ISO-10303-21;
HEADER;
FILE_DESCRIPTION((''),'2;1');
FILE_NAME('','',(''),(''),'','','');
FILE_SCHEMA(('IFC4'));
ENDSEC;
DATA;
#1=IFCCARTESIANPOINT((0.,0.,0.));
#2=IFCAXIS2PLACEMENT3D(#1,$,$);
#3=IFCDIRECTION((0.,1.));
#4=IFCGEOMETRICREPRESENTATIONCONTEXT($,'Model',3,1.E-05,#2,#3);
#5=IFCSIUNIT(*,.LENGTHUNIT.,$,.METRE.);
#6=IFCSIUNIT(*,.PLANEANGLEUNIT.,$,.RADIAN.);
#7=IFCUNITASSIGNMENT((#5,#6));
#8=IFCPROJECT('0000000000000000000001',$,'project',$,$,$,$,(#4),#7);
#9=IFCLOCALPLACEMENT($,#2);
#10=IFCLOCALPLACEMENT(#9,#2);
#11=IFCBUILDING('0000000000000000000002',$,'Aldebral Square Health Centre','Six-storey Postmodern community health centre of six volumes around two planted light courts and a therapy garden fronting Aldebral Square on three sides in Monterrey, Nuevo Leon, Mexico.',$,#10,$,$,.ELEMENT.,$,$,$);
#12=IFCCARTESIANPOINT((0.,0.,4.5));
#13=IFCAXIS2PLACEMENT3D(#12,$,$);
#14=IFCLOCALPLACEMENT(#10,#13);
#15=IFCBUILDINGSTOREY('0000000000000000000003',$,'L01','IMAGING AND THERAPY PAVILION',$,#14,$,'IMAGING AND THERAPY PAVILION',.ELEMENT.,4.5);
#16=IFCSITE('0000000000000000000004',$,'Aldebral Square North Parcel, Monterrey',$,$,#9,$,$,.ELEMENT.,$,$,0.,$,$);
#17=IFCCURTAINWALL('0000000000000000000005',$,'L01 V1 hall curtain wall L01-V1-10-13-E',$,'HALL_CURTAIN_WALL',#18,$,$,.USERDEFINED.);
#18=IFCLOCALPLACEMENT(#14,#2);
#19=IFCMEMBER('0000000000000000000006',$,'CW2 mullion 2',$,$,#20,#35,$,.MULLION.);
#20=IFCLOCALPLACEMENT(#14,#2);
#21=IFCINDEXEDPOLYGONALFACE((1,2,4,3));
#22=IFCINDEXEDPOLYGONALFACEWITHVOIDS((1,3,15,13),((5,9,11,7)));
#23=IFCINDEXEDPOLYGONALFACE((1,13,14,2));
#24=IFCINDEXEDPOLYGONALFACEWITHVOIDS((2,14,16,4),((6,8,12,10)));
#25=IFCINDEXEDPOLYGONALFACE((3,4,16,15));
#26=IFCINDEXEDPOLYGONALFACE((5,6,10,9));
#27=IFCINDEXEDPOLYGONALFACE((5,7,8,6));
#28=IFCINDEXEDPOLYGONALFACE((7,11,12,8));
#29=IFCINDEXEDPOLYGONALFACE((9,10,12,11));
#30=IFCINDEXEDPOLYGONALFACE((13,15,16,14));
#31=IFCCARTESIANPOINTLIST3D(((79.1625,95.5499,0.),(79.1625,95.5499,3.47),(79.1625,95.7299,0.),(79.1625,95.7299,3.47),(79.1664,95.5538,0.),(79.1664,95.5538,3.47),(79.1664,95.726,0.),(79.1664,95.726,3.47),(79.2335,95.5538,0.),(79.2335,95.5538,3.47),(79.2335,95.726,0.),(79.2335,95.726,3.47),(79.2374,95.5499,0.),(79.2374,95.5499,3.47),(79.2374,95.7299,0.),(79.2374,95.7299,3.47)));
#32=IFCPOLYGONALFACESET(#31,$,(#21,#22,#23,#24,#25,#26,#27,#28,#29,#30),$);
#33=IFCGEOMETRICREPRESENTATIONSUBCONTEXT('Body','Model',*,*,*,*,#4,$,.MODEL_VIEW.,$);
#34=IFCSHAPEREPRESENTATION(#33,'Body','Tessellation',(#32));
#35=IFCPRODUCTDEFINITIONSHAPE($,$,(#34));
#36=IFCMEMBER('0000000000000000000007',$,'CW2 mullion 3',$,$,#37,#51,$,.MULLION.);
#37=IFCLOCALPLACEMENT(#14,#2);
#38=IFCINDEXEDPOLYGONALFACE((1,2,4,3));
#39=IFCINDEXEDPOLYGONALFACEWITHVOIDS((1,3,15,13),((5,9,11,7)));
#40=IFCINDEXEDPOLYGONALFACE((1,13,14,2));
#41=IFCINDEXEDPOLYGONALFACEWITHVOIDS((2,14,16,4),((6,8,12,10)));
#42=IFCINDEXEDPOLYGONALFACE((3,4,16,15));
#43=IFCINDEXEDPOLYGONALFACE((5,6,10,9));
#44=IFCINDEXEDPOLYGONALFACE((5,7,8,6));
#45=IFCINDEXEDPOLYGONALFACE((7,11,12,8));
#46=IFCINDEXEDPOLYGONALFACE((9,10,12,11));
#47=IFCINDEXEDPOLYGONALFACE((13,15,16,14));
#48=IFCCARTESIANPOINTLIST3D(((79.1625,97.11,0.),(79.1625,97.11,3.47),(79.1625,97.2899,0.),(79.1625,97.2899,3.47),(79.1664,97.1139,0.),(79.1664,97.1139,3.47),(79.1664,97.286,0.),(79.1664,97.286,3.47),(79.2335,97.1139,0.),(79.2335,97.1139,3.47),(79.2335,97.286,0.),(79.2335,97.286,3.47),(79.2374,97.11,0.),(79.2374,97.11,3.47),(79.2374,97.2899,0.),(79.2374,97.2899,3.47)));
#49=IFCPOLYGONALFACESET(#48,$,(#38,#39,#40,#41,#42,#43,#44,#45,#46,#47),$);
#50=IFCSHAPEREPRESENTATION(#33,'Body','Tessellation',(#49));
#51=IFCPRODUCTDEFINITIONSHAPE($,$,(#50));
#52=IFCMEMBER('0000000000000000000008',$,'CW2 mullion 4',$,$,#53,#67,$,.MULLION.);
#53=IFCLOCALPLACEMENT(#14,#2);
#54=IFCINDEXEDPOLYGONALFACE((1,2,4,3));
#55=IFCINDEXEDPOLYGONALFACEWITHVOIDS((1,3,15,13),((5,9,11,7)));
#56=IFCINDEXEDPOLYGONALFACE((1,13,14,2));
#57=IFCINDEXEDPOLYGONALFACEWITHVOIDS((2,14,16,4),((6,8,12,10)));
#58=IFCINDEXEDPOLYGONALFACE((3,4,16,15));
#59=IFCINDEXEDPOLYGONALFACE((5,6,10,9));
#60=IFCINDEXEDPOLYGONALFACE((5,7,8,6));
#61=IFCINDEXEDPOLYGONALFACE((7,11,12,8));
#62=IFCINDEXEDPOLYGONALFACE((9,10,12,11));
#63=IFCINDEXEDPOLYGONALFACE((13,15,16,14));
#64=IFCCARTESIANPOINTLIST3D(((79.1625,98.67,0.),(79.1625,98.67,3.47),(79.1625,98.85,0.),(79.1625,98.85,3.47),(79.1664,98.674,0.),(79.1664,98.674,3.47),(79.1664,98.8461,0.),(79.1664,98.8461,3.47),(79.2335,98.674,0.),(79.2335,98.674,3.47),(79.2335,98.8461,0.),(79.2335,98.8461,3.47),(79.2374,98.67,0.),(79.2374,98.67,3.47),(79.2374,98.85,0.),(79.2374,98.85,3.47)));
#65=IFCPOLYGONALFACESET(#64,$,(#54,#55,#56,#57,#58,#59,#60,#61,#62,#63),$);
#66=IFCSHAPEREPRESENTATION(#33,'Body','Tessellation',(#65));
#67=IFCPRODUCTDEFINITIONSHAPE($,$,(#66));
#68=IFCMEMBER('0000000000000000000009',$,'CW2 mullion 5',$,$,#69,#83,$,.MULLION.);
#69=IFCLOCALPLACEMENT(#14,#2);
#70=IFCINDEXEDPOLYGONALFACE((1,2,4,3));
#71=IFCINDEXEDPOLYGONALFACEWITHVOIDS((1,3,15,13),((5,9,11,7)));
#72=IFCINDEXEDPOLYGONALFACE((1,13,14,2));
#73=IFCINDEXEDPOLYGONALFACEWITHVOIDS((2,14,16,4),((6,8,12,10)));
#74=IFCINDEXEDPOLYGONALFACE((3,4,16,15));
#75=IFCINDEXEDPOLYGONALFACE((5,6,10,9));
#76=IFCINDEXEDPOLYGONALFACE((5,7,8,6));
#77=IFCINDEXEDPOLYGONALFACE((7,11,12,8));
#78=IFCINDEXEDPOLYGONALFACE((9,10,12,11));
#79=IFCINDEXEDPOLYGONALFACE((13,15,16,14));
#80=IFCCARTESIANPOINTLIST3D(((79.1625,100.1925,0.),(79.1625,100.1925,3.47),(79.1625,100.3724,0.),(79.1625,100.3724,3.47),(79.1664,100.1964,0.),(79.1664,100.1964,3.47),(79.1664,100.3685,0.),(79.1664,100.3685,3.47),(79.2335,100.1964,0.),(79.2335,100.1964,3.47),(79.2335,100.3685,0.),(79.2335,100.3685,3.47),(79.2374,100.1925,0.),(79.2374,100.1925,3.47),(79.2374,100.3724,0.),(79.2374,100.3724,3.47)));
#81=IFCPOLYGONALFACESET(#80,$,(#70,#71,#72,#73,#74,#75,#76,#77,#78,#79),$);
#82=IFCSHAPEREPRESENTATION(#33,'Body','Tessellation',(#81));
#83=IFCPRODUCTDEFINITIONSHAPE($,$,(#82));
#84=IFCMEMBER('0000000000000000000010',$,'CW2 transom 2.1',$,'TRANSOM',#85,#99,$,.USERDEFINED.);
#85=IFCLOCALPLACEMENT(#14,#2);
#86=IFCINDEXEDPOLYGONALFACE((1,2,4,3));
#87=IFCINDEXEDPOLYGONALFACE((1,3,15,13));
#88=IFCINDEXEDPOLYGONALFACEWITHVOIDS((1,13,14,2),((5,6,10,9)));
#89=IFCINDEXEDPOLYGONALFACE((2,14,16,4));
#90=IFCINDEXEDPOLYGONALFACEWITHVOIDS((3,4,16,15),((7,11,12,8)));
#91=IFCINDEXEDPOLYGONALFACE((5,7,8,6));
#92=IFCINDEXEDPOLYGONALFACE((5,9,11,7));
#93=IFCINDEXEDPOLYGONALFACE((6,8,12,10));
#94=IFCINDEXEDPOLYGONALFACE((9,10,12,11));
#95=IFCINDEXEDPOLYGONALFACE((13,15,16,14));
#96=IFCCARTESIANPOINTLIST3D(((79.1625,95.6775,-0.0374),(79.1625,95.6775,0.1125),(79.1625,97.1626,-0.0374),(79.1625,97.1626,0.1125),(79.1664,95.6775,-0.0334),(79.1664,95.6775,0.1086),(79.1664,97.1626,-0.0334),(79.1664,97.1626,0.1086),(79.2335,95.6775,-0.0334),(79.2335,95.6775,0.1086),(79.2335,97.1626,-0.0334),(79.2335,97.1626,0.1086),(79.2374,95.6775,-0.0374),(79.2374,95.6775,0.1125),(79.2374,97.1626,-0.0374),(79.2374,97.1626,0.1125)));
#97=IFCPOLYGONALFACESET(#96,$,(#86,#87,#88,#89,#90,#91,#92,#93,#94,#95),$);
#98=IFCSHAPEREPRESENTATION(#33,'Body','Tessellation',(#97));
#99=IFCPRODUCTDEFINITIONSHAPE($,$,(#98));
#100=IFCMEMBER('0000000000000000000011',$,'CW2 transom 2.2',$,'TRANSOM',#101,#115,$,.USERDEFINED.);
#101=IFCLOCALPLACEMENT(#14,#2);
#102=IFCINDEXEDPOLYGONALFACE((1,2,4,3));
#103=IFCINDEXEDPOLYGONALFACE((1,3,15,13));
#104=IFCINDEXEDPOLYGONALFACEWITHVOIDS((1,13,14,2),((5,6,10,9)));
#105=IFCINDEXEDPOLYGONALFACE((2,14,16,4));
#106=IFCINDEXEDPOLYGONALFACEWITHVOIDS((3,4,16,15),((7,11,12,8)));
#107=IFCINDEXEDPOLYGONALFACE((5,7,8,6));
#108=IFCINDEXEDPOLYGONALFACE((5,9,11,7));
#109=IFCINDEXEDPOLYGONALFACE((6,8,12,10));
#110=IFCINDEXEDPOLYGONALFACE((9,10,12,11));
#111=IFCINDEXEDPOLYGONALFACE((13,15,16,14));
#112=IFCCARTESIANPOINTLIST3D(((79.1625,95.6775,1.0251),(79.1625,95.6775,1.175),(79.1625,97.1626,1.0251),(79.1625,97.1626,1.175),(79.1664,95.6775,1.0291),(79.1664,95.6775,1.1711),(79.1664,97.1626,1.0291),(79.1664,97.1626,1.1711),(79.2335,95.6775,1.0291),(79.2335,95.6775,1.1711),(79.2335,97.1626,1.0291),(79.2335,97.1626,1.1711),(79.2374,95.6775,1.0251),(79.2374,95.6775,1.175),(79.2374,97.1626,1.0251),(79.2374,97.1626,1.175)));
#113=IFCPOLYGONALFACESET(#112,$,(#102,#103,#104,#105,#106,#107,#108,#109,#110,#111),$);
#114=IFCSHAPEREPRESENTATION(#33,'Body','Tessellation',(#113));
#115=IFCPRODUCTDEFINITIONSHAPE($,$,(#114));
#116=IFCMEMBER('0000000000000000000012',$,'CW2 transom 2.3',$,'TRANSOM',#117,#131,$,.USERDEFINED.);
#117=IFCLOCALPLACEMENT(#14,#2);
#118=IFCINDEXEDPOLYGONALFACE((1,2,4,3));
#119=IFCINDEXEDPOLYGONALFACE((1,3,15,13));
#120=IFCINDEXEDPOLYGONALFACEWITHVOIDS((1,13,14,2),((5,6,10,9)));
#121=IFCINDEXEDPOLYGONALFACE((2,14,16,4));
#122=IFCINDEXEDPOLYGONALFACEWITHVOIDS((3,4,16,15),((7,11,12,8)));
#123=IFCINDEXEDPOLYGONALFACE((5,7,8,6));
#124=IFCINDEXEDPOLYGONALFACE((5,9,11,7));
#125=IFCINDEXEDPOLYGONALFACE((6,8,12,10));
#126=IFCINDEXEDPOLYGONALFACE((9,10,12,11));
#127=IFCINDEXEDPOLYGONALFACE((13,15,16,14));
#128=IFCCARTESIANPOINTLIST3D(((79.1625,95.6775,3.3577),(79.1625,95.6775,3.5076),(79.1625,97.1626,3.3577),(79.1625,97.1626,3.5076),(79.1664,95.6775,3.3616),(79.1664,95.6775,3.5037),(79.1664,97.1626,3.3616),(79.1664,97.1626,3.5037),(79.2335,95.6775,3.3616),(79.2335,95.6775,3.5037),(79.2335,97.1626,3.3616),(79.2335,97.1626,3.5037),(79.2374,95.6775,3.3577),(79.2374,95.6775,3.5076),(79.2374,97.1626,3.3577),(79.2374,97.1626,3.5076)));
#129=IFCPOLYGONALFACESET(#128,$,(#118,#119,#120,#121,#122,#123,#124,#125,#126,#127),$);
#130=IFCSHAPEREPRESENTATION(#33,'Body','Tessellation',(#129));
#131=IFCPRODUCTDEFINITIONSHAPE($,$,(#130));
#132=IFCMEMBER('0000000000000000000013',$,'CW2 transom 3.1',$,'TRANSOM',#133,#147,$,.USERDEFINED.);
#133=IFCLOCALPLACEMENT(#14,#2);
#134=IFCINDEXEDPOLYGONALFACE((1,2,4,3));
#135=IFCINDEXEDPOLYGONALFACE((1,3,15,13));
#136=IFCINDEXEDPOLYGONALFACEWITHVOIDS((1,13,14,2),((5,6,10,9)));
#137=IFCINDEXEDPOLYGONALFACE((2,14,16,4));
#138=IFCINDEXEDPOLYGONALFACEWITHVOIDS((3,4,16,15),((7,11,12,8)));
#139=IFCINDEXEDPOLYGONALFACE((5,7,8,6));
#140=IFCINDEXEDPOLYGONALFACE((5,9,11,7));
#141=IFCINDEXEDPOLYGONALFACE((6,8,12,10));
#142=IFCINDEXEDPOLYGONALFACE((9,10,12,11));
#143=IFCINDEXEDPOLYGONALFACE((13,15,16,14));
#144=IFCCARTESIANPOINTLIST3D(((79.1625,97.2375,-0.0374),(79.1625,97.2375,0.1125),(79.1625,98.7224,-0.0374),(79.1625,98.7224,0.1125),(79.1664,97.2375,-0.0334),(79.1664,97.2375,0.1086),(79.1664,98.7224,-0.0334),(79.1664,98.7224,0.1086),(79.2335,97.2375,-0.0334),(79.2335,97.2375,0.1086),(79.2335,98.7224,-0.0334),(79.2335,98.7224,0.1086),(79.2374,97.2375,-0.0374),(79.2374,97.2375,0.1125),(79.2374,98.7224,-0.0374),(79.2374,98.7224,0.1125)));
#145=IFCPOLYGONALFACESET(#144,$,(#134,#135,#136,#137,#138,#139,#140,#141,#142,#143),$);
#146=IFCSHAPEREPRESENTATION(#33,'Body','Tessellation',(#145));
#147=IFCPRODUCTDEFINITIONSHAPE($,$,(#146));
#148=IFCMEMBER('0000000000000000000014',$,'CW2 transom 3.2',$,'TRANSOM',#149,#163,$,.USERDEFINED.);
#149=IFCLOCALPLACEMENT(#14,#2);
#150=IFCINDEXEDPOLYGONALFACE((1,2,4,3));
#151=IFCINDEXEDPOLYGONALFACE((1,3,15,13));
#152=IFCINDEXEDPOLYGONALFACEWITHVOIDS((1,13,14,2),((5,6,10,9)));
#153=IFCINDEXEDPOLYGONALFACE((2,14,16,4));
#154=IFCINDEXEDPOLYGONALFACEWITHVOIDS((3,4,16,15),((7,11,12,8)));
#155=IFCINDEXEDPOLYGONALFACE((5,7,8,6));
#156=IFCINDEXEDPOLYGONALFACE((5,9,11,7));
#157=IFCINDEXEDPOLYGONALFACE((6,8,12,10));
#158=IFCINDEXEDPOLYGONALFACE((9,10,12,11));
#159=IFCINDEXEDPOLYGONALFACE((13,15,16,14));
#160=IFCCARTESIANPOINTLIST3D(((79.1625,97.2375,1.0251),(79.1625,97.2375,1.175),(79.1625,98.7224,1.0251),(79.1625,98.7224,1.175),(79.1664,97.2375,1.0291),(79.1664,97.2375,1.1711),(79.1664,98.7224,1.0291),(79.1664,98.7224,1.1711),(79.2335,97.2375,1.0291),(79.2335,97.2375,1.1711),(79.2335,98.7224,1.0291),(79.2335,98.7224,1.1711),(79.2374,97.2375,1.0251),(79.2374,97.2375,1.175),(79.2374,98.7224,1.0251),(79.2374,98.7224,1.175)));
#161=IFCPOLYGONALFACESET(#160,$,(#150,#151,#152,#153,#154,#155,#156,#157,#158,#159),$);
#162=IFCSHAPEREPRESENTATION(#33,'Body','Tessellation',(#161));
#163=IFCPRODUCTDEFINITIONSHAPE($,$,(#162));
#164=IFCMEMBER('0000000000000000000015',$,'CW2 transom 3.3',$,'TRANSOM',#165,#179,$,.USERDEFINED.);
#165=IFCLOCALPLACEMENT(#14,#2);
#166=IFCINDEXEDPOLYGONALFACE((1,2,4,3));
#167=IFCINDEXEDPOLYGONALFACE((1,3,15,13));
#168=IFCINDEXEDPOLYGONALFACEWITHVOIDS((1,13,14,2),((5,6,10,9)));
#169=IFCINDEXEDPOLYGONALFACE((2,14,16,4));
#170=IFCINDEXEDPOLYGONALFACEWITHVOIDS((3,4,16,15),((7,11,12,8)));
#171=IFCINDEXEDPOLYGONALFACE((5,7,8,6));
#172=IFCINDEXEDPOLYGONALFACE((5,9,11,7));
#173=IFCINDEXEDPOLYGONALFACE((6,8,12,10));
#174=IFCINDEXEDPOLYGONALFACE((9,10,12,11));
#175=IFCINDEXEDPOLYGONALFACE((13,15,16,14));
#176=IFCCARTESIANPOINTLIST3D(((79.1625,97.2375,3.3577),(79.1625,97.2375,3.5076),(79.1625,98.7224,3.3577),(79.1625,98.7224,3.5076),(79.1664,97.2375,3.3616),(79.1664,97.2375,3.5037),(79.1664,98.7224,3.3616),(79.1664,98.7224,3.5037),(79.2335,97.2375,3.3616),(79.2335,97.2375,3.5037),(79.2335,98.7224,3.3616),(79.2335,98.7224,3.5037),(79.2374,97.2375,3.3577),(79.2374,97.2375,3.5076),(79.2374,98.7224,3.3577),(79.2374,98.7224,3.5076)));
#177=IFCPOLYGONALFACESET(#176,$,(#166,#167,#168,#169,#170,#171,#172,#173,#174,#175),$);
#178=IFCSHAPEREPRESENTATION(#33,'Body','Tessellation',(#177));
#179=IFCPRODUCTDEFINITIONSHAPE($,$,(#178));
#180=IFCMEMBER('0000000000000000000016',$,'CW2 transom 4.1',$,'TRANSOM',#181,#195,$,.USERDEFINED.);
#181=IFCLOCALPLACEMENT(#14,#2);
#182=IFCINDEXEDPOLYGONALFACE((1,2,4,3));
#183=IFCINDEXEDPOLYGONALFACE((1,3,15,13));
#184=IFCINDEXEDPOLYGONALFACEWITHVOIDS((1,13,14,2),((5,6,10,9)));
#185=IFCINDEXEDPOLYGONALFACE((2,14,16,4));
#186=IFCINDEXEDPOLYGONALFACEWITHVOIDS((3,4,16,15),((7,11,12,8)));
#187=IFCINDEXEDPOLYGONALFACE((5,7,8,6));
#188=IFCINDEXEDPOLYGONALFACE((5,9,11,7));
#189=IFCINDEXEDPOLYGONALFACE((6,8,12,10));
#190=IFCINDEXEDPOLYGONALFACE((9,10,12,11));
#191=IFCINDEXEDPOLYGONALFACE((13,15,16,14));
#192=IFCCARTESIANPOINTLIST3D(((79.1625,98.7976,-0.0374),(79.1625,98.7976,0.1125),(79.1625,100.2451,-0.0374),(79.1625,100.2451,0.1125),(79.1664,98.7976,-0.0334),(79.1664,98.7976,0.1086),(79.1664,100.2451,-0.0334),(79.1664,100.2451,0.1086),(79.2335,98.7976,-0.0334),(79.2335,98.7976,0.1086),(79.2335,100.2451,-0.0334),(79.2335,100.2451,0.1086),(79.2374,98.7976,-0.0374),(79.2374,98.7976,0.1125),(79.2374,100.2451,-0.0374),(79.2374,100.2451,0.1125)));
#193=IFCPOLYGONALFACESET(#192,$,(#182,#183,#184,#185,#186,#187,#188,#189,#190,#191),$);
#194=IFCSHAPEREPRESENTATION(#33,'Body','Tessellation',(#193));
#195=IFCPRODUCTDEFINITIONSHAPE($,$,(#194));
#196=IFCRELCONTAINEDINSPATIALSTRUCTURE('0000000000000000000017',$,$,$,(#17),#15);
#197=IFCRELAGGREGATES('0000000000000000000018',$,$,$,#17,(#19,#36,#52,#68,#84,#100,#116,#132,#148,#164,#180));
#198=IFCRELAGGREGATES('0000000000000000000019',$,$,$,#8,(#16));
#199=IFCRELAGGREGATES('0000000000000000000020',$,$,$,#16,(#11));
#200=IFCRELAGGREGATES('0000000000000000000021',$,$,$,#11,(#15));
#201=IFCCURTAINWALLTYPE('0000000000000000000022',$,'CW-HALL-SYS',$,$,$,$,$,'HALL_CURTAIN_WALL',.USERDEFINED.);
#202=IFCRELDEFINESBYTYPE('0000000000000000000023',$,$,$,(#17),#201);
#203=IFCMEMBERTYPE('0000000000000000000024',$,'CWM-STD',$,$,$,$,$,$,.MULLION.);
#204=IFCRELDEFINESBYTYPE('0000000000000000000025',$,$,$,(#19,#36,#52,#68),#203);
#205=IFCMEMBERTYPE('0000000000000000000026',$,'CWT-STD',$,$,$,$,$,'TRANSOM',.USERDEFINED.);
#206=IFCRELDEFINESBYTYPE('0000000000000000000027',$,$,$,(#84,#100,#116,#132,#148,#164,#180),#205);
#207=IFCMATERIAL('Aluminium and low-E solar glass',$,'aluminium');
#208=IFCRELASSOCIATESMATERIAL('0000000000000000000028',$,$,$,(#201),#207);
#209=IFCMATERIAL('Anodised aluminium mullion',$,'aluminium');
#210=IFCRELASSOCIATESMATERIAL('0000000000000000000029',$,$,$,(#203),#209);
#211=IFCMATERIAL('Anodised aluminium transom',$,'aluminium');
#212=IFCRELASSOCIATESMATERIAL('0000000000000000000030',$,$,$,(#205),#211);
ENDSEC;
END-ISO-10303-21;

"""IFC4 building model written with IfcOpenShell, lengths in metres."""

from ifc_helpers import new_model, si_unit, direction, frame, origin, origin_2d, place, context, subcontext, project, spatial, hollow_rectangle, extrude, material, material_profile, profile_set, type_object, element, aggregate, save


model = new_model("IFC4")

# Units and contexts
model_context = context("Model", 3, precision=1e-05, world=origin(), true_north=direction((0.0, 1.0)))
body_context = subcontext(model_context, "Body", "Model", "MODEL_VIEW")
ifc_project = project(units=[si_unit("LENGTHUNIT", "METRE"), si_unit("PLANEANGLEUNIT", "RADIAN")], contexts=[model_context])

# Site, building, storey
site_placement = place(None, origin())
site = spatial("IfcSite", under=ifc_project, at=site_placement, Name="Aldebral Square North Parcel, Monterrey", CompositionType="ELEMENT", RefElevation=0.0)
building_placement = place(site_placement, origin())
building = spatial("IfcBuilding", under=site, at=building_placement, Name="Aldebral Square Health Centre", Description="Six-storey Postmodern community health centre of six volumes around two planted light courts and a therapy garden fronting Aldebral Square on three sides in Monterrey, Nuevo Leon, Mexico.", CompositionType="ELEMENT")
storey_placement = place(building_placement, frame((0.0, 0.0, 4.5)))
storey = spatial("IfcBuildingStorey", under=building, at=storey_placement, Name="L01", Description="IMAGING AND THERAPY PAVILION", LongName="IMAGING AND THERAPY PAVILION", CompositionType="ELEMENT", Elevation=4.5)

# Curtain wall, members
ifc_material_1 = material(Name="Aluminium and low-E solar glass", Category="aluminium")
curtain_wall_type = type_object("IfcCurtainWallType", Name="CW-HALL-SYS", ElementType="HALL_CURTAIN_WALL", PredefinedType="USERDEFINED", material=ifc_material_1)
curtain_wall_placement = place(storey_placement, origin())
curtain_wall = element("IfcCurtainWall", 1, at=curtain_wall_placement, inside=storey, type_object=curtain_wall_type, Name="L01 V1 hall curtain wall L01-V1-10-13-E", ObjectType="HALL_CURTAIN_WALL", PredefinedType="USERDEFINED")
ifc_material_2 = material(Name="Anodised aluminium mullion", Category="aluminium")
ifc_material_profile_1 = material_profile(ifc_material_2, hollow_rectangle(XDim=0.075, YDim=0.1799, WallThickness=0.0039, at=origin_2d()), Name="CWM 75x180x4")
ifc_profile_set_1 = profile_set([ifc_material_profile_1], Name="Anodised aluminium mullion")
member_type_1 = type_object("IfcMemberType", Name="CWM-STD", PredefinedType="MULLION", material=ifc_profile_set_1)
member_1_placement = place(storey_placement, frame((79.2, 95.6399, 0.0), z_axis=(0.0, 0.0, 1.0), x_axis=(-1.0, 0.0, 0.0)))
member_1 = element("IfcMember", 2, at=member_1_placement, type_object=member_type_1, Name="CW2 mullion 2", PredefinedType="MULLION", context=body_context, shape_type="SweptSolid", body=[
    extrude(hollow_rectangle(XDim=0.075, YDim=0.1799, WallThickness=0.0039, at=origin_2d()), origin(), (0.0, 0.0, 1.0), 3.47),
])
member_2_placement = place(storey_placement, frame((79.2, 97.2, 0.0), z_axis=(0.0, 0.0, 1.0), x_axis=(-1.0, 0.0, 0.0)))
member_2 = element("IfcMember", 3, at=member_2_placement, type_object=member_type_1, Name="CW2 mullion 3", PredefinedType="MULLION", context=body_context, shape_type="SweptSolid", body=[
    extrude(hollow_rectangle(XDim=0.075, YDim=0.1799, WallThickness=0.0039, at=origin_2d()), origin(), (0.0, 0.0, 1.0), 3.47),
])
member_3_placement = place(storey_placement, frame((79.2, 98.76, 0.0), z_axis=(0.0, 0.0, 1.0), x_axis=(-1.0, 0.0, 0.0)))
member_3 = element("IfcMember", 4, at=member_3_placement, type_object=member_type_1, Name="CW2 mullion 4", PredefinedType="MULLION", context=body_context, shape_type="SweptSolid", body=[
    extrude(hollow_rectangle(XDim=0.075, YDim=0.1799, WallThickness=0.0039, at=origin_2d()), origin(), (0.0, 0.0, 1.0), 3.47),
])
member_4_placement = place(storey_placement, frame((79.2, 100.2825, 0.0), z_axis=(0.0, 0.0, 1.0), x_axis=(-1.0, 0.0, 0.0)))
member_4 = element("IfcMember", 5, at=member_4_placement, type_object=member_type_1, Name="CW2 mullion 5", PredefinedType="MULLION", context=body_context, shape_type="SweptSolid", body=[
    extrude(hollow_rectangle(XDim=0.075, YDim=0.1799, WallThickness=0.0039, at=origin_2d()), origin(), (0.0, 0.0, 1.0), 3.47),
])
ifc_material_3 = material(Name="Anodised aluminium transom", Category="aluminium")
ifc_material_profile_2 = material_profile(ifc_material_3, hollow_rectangle(XDim=0.075, YDim=0.1499, WallThickness=0.0039, at=origin_2d()), Name="CWT 75x150x4")
ifc_profile_set_2 = profile_set([ifc_material_profile_2], Name="Anodised aluminium transom")
member_type_2 = type_object("IfcMemberType", Name="CWT-STD", ElementType="TRANSOM", PredefinedType="USERDEFINED", material=ifc_profile_set_2)
member_5_placement = place(storey_placement, frame((79.2, 95.6775, 0.0376), z_axis=(0.0, 1.0, 0.0), x_axis=(-1.0, 0.0, 0.0)))
member_5 = element("IfcMember", 6, at=member_5_placement, type_object=member_type_2, Name="CW2 transom 2.1", ObjectType="TRANSOM", PredefinedType="USERDEFINED", context=body_context, shape_type="SweptSolid", body=[
    extrude(hollow_rectangle(XDim=0.075, YDim=0.1499, WallThickness=0.0039, at=origin_2d()), origin(), (0.0, 0.0, 1.0), 1.4851),
])
member_6_placement = place(storey_placement, frame((79.2, 95.6775, 1.1001), z_axis=(0.0, 1.0, 0.0), x_axis=(-1.0, 0.0, 0.0)))
member_6 = element("IfcMember", 7, at=member_6_placement, type_object=member_type_2, Name="CW2 transom 2.2", ObjectType="TRANSOM", PredefinedType="USERDEFINED", context=body_context, shape_type="SweptSolid", body=[
    extrude(hollow_rectangle(XDim=0.075, YDim=0.1499, WallThickness=0.0039, at=origin_2d()), origin(), (0.0, 0.0, 1.0), 1.4851),
])
member_7_placement = place(storey_placement, frame((79.2, 95.6775, 3.4326), z_axis=(0.0, 1.0, 0.0), x_axis=(-1.0, 0.0, 0.0)))
member_7 = element("IfcMember", 8, at=member_7_placement, type_object=member_type_2, Name="CW2 transom 2.3", ObjectType="TRANSOM", PredefinedType="USERDEFINED", context=body_context, shape_type="SweptSolid", body=[
    extrude(hollow_rectangle(XDim=0.075, YDim=0.1499, WallThickness=0.0039, at=origin_2d()), origin(), (0.0, 0.0, 1.0), 1.4851),
])
member_8_placement = place(storey_placement, frame((79.2, 97.2375, 0.0376), z_axis=(0.0, 1.0, 0.0), x_axis=(-1.0, 0.0, 0.0)))
member_8 = element("IfcMember", 9, at=member_8_placement, type_object=member_type_2, Name="CW2 transom 3.1", ObjectType="TRANSOM", PredefinedType="USERDEFINED", context=body_context, shape_type="SweptSolid", body=[
    extrude(hollow_rectangle(XDim=0.075, YDim=0.1499, WallThickness=0.0039, at=origin_2d()), origin(), (0.0, 0.0, 1.0), 1.4849),
])
member_9_placement = place(storey_placement, frame((79.2, 97.2375, 1.1001), z_axis=(0.0, 1.0, 0.0), x_axis=(-1.0, 0.0, 0.0)))
member_9 = element("IfcMember", 10, at=member_9_placement, type_object=member_type_2, Name="CW2 transom 3.2", ObjectType="TRANSOM", PredefinedType="USERDEFINED", context=body_context, shape_type="SweptSolid", body=[
    extrude(hollow_rectangle(XDim=0.075, YDim=0.1499, WallThickness=0.0039, at=origin_2d()), origin(), (0.0, 0.0, 1.0), 1.4849),
])
member_10_placement = place(storey_placement, frame((79.2, 97.2375, 3.4326), z_axis=(0.0, 1.0, 0.0), x_axis=(-1.0, 0.0, 0.0)))
member_10 = element("IfcMember", 11, at=member_10_placement, type_object=member_type_2, Name="CW2 transom 3.3", ObjectType="TRANSOM", PredefinedType="USERDEFINED", context=body_context, shape_type="SweptSolid", body=[
    extrude(hollow_rectangle(XDim=0.075, YDim=0.1499, WallThickness=0.0039, at=origin_2d()), origin(), (0.0, 0.0, 1.0), 1.4849),
])
member_11_placement = place(storey_placement, frame((79.2, 98.7976, 0.0376), z_axis=(0.0, 1.0, 0.0), x_axis=(-1.0, 0.0, 0.0)))
member_11 = element("IfcMember", 12, at=member_11_placement, type_object=member_type_2, Name="CW2 transom 4.1", ObjectType="TRANSOM", PredefinedType="USERDEFINED", context=body_context, shape_type="SweptSolid", body=[
    extrude(hollow_rectangle(XDim=0.075, YDim=0.1499, WallThickness=0.0039, at=origin_2d()), origin(), (0.0, 0.0, 1.0), 1.4475),
])
aggregate(curtain_wall, [member_1, member_2, member_3, member_4, member_5, member_6, member_7, member_8, member_9, member_10, member_11])

save(model, "model.ifc")
